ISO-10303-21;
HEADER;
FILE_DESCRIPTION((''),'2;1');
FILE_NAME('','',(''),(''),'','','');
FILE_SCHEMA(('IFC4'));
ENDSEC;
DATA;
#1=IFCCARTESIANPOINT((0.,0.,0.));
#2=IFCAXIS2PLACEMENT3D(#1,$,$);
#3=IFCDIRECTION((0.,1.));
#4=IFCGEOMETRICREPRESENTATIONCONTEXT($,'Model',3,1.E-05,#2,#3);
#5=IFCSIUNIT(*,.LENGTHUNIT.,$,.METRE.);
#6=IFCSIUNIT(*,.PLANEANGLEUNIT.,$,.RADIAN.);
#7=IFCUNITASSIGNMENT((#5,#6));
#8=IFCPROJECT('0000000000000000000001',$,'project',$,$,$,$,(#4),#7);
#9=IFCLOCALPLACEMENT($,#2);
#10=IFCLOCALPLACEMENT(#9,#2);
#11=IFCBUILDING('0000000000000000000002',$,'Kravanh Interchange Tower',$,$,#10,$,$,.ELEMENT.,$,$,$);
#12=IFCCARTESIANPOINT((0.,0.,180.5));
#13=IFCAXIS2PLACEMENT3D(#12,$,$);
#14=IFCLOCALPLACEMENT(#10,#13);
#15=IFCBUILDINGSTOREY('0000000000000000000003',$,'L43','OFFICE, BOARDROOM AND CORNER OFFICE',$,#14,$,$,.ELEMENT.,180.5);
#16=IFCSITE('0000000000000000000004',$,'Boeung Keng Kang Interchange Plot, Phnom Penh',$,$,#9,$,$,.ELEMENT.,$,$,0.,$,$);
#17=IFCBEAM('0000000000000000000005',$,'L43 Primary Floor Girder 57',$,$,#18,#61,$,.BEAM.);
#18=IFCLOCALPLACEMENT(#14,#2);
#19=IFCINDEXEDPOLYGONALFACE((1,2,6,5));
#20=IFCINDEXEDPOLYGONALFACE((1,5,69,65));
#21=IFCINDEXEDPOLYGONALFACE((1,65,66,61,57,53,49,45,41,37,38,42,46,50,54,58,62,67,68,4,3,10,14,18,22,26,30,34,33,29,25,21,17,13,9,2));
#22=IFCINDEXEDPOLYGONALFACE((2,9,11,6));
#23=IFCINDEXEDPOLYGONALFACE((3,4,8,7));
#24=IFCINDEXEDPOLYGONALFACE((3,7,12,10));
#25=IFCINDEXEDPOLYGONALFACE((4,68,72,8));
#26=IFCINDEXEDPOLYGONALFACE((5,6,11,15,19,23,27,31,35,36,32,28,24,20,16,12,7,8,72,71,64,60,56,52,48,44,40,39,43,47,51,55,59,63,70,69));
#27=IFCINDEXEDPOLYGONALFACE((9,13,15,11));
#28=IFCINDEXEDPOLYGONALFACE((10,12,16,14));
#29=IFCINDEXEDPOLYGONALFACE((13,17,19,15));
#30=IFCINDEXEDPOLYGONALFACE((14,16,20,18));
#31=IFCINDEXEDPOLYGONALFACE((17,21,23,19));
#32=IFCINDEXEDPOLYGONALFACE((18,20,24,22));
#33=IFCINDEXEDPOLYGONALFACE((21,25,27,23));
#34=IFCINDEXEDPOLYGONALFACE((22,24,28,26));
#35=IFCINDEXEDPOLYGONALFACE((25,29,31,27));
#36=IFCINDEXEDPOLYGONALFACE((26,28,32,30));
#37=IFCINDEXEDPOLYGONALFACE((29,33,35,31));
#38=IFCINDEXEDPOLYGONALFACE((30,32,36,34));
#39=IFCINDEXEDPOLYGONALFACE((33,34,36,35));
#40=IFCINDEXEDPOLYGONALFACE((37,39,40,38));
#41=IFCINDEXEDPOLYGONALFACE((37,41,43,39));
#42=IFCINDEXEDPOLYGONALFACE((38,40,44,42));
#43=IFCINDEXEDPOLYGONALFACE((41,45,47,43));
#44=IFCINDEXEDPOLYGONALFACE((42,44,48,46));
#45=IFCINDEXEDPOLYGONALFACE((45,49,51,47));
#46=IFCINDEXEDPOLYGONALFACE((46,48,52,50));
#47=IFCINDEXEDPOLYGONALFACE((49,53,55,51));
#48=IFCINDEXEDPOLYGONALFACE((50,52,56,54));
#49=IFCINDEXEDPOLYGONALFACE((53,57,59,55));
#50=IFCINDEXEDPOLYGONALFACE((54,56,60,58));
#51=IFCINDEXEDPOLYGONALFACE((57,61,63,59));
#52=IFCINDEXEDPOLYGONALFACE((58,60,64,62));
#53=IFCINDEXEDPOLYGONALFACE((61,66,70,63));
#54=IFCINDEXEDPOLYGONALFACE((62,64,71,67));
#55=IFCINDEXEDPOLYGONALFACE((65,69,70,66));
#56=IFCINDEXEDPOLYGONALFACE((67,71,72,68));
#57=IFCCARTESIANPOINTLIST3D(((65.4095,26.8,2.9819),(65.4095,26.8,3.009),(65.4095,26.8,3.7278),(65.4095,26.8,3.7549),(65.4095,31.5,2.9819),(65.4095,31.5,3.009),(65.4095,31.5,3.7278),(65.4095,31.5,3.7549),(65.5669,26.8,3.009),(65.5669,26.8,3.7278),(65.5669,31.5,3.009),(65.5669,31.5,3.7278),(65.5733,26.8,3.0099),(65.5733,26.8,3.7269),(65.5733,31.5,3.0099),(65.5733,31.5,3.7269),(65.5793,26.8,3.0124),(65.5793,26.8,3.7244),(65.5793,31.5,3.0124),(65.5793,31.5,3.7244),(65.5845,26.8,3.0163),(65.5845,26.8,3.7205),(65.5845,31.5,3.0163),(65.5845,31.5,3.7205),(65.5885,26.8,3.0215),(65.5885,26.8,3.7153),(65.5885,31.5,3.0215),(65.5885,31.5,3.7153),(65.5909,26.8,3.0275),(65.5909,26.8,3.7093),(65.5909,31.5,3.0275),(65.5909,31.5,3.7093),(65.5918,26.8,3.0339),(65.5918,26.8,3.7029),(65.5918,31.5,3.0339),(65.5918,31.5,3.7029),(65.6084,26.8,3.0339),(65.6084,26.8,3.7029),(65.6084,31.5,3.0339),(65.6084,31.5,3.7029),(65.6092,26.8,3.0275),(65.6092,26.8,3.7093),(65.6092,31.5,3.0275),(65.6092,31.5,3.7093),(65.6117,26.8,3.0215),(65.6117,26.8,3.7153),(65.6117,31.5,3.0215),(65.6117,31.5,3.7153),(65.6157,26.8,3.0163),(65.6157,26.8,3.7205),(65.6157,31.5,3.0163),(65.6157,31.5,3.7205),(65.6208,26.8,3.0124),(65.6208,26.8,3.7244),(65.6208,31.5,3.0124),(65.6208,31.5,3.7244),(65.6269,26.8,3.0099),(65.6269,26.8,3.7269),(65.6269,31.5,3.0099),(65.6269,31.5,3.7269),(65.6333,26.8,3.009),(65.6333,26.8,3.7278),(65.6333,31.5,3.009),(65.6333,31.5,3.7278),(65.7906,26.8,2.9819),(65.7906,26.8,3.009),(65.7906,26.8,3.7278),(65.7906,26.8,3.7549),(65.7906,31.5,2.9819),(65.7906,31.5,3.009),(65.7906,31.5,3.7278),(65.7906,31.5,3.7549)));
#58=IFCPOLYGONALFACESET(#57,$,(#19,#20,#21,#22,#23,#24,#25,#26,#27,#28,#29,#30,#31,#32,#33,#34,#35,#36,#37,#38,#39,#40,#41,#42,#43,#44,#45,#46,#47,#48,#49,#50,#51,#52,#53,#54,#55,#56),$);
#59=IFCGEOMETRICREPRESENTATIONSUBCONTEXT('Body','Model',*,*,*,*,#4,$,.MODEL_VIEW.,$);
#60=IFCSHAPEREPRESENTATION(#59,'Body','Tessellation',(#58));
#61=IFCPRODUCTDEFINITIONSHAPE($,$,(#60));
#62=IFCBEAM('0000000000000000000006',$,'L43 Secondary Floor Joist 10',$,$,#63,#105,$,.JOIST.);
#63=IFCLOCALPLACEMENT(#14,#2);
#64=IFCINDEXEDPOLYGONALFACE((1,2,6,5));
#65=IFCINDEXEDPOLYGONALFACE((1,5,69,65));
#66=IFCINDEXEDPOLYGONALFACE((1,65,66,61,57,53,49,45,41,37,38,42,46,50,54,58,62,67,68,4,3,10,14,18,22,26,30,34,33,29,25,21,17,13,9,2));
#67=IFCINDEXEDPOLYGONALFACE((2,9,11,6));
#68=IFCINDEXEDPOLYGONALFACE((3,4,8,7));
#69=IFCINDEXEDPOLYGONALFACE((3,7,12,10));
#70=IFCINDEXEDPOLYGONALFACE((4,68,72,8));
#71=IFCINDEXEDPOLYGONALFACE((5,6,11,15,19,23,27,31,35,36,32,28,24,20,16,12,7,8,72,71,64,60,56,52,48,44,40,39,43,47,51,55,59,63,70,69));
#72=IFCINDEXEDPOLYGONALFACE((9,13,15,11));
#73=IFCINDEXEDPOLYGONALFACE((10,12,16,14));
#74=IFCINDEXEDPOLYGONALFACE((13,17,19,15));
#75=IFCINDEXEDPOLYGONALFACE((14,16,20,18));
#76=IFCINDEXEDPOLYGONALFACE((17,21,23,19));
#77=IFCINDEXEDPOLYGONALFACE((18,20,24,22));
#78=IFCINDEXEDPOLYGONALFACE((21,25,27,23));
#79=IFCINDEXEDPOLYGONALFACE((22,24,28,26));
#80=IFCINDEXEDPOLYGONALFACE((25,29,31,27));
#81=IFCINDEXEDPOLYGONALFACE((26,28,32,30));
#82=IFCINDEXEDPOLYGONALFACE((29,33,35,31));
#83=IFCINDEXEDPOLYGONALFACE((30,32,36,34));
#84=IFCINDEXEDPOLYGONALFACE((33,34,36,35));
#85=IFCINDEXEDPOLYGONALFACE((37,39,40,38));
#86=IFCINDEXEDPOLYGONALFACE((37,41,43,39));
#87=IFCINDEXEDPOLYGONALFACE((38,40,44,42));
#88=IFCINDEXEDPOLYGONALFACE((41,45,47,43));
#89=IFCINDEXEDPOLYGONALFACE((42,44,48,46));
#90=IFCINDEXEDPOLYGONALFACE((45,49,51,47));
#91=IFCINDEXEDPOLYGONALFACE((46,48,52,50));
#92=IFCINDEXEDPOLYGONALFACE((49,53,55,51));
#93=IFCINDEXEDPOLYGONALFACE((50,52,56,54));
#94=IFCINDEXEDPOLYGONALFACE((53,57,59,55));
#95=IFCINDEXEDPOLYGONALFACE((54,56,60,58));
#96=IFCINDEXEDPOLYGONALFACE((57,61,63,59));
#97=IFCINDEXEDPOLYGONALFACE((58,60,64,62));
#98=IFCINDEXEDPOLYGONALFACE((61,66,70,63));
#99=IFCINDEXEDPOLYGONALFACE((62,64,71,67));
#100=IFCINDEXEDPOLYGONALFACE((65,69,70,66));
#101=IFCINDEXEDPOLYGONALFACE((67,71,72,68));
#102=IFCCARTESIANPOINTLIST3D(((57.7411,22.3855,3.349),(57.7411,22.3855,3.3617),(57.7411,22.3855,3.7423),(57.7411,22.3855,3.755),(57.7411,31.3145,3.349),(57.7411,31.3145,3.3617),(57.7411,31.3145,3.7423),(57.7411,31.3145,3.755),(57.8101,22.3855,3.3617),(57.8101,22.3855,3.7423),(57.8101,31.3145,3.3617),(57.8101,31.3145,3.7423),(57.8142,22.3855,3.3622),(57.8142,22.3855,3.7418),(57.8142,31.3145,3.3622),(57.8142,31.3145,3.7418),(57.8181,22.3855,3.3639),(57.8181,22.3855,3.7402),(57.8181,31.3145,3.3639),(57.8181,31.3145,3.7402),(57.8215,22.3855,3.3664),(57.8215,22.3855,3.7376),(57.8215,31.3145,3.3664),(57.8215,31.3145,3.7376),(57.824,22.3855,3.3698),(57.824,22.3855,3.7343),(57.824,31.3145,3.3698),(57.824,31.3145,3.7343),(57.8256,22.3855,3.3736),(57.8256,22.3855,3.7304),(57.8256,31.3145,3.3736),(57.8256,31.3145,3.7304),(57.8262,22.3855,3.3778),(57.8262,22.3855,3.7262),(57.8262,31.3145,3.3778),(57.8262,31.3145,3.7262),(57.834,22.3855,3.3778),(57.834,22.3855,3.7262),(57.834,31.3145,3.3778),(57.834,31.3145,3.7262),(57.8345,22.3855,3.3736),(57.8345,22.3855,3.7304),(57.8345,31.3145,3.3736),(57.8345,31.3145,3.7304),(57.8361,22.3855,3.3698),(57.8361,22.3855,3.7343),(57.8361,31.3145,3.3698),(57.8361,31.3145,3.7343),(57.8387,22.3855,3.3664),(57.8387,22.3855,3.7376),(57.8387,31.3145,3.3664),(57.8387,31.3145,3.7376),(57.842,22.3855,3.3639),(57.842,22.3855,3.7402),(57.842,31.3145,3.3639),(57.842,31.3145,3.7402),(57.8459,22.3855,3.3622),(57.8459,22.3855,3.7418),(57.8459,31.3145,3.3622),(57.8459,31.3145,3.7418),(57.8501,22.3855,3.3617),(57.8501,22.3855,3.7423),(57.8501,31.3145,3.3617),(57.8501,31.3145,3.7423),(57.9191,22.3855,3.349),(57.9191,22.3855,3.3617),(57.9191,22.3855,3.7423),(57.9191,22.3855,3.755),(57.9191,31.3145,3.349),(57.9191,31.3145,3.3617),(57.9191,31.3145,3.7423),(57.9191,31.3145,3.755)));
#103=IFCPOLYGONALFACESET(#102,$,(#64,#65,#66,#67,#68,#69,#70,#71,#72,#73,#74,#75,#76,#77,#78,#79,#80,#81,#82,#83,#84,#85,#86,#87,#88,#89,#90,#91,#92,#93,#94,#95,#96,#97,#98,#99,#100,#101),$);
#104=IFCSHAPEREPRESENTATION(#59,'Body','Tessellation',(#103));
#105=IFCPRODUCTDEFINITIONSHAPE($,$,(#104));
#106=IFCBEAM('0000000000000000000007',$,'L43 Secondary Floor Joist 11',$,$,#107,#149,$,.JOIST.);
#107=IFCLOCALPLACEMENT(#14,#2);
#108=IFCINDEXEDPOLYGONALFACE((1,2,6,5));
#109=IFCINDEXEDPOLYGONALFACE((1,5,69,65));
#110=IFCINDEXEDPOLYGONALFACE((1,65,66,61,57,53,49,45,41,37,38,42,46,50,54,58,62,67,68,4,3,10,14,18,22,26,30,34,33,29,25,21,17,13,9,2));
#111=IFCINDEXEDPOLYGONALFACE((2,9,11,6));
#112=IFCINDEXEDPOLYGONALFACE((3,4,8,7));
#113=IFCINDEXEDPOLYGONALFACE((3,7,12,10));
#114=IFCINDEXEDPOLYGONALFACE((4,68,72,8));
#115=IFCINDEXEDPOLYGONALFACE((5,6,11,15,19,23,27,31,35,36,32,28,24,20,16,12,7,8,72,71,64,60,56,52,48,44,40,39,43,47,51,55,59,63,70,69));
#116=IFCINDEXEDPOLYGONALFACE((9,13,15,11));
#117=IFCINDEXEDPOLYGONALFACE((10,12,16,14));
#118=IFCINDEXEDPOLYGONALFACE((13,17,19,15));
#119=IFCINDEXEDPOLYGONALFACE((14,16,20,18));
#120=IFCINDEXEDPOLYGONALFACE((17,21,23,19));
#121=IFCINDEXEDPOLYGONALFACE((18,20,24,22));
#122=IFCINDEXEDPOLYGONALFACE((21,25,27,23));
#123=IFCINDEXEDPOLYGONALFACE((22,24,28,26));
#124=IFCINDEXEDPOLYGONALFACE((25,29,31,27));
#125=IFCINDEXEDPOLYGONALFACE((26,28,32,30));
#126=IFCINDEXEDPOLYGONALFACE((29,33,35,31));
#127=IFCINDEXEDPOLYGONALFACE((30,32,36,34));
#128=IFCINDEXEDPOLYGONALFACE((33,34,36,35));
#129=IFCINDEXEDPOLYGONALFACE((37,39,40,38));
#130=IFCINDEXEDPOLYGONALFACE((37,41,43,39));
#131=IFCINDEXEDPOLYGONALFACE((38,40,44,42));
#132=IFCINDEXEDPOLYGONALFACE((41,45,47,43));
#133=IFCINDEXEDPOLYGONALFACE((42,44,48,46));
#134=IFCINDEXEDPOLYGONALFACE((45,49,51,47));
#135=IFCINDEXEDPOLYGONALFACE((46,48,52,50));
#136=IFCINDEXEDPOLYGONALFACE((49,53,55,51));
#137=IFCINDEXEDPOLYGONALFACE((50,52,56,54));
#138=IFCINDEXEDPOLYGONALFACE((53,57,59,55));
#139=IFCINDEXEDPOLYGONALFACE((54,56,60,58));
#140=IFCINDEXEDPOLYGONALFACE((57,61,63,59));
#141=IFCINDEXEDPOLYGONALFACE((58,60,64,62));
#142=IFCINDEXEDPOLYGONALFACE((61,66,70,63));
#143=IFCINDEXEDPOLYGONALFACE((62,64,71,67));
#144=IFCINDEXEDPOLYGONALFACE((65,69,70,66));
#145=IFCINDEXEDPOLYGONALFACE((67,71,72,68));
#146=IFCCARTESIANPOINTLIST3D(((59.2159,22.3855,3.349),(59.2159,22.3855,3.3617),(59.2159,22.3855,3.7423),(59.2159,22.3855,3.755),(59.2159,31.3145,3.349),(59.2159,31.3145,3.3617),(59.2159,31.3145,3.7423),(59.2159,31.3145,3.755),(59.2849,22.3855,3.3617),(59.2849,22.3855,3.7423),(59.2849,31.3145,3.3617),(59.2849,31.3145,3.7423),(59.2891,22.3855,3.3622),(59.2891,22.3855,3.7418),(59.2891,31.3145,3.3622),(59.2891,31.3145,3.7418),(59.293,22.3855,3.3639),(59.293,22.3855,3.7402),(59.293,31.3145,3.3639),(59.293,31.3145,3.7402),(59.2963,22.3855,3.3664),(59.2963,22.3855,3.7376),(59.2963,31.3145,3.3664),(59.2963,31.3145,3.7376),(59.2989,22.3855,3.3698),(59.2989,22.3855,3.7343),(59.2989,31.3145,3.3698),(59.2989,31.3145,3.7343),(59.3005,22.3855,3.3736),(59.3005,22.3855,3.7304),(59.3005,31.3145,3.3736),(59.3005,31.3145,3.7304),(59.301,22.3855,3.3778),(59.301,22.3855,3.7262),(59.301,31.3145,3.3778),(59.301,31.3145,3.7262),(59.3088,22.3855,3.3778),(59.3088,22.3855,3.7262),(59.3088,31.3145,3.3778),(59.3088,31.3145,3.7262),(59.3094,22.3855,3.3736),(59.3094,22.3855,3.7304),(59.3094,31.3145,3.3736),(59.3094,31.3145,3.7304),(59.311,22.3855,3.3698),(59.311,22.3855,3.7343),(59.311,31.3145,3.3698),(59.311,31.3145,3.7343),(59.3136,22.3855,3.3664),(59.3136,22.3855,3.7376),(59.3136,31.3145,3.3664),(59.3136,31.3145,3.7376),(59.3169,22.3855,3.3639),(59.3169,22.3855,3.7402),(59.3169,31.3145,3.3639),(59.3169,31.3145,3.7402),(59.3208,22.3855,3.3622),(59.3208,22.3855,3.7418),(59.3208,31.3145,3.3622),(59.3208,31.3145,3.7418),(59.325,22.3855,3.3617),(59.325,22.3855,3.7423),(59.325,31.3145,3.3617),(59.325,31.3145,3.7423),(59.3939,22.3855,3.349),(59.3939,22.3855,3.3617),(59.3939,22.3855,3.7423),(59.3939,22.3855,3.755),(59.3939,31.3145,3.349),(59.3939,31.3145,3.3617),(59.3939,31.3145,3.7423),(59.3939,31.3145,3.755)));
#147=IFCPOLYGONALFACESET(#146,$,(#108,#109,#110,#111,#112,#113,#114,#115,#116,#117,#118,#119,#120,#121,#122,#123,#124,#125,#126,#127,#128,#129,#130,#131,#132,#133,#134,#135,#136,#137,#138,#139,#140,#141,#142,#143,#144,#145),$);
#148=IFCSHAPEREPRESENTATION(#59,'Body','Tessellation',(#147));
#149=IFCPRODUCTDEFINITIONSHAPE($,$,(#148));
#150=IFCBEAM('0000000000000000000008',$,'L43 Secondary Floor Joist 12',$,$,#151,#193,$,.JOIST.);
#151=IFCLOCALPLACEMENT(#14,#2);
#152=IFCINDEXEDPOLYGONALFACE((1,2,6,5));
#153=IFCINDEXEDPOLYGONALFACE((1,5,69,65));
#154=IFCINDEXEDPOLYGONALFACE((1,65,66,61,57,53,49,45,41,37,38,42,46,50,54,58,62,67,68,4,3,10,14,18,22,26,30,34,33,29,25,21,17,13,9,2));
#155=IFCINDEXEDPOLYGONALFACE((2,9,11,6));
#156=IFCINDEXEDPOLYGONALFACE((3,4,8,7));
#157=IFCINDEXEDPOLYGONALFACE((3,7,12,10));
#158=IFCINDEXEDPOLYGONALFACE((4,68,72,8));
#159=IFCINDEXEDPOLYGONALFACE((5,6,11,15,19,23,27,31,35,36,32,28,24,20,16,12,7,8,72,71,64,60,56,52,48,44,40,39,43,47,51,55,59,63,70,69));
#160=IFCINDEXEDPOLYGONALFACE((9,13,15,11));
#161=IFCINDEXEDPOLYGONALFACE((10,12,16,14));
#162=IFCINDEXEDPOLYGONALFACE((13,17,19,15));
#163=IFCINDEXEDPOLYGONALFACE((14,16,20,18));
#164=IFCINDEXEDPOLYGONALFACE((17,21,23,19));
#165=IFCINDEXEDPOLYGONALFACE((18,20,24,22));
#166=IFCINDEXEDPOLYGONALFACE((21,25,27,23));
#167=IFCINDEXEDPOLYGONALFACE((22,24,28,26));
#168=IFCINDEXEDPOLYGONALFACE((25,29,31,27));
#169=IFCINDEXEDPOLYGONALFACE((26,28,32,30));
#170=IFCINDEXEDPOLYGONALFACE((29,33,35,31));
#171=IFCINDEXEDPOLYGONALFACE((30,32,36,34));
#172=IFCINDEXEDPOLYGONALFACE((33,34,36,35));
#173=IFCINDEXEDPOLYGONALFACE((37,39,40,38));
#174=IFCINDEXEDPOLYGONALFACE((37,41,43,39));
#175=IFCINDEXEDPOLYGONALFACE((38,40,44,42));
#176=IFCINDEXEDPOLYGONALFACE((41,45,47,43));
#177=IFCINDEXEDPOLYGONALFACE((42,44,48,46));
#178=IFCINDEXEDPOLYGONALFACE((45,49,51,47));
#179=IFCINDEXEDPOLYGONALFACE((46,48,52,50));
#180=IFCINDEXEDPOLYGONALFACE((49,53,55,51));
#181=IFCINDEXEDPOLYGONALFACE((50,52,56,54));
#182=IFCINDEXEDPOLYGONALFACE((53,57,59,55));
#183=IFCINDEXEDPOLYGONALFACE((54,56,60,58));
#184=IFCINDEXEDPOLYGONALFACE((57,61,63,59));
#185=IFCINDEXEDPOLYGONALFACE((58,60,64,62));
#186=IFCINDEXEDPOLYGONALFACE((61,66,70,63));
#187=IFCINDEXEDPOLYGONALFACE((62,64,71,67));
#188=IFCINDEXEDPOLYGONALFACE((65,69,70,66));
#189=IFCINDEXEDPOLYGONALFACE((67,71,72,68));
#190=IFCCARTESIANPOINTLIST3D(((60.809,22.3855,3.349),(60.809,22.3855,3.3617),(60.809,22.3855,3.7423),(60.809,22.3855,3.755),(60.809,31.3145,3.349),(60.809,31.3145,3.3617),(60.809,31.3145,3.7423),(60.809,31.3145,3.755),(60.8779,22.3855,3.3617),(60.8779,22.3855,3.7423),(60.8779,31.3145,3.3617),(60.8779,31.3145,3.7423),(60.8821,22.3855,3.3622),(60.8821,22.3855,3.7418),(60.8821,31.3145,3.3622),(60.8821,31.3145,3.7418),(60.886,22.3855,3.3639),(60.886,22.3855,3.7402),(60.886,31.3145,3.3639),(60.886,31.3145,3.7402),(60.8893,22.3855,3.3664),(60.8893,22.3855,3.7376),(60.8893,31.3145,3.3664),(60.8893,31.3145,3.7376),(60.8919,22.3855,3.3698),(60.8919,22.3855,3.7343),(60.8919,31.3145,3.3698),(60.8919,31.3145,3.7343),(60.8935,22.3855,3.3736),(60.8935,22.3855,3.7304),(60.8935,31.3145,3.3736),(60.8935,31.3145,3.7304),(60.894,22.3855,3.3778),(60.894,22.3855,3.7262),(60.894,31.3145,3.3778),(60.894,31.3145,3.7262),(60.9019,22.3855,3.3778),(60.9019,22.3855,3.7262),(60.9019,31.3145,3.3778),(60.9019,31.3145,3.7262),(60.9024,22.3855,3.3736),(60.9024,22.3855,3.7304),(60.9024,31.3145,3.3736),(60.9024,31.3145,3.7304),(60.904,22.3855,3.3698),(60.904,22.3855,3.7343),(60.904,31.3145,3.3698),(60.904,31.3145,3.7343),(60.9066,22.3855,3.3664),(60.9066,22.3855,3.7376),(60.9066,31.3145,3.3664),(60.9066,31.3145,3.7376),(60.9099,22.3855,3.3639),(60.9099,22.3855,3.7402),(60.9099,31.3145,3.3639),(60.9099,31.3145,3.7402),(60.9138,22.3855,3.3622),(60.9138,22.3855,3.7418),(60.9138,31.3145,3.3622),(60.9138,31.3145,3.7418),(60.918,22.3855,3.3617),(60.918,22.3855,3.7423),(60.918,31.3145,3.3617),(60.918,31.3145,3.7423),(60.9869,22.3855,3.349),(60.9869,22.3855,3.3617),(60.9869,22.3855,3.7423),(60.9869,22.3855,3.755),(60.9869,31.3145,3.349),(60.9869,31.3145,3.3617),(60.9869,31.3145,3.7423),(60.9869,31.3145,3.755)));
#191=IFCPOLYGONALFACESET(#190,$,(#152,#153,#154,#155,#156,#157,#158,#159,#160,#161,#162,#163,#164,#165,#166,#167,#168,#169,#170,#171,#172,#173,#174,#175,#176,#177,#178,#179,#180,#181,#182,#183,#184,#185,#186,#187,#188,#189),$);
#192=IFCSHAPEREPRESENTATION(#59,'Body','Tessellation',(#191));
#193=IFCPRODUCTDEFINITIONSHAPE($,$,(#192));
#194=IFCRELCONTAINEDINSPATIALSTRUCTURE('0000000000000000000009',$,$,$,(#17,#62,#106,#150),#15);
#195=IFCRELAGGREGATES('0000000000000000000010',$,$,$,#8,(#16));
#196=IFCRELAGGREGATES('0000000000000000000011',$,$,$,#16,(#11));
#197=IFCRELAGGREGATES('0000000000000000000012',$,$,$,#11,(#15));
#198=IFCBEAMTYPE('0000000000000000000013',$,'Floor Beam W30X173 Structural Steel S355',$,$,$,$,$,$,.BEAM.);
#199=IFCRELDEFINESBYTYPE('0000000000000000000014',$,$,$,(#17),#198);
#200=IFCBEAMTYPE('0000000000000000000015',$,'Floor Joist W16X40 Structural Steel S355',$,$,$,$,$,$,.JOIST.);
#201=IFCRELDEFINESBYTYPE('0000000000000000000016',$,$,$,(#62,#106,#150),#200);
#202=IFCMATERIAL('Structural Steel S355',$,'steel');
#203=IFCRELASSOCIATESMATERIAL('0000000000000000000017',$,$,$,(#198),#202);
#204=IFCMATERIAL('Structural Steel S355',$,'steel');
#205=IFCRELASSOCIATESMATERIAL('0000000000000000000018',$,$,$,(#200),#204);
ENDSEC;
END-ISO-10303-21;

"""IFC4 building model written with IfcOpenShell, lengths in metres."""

from ifc_helpers import new_model, si_unit, direction, frame, origin, origin_2d, place, context, subcontext, project, spatial, i_section, extrude, material, material_profile, profile_set, type_object, element, save


model = new_model("IFC4")

# Units and contexts
model_context = context("Model", 3, precision=1e-05, world=origin(), true_north=direction((0.0, 1.0)))
body_context = subcontext(model_context, "Body", "Model", "MODEL_VIEW")
ifc_project = project(units=[si_unit("LENGTHUNIT", "METRE"), si_unit("PLANEANGLEUNIT", "RADIAN")], contexts=[model_context])

# Site, building, storey
site_placement = place(None, origin())
site = spatial("IfcSite", under=ifc_project, at=site_placement, Name="Boeung Keng Kang Interchange Plot, Phnom Penh", CompositionType="ELEMENT", RefElevation=0.0)
building_placement = place(site_placement, origin())
building = spatial("IfcBuilding", under=site, at=building_placement, Name="Kravanh Interchange Tower", CompositionType="ELEMENT")
storey_placement = place(building_placement, frame((0.0, 0.0, 180.5)))
storey = spatial("IfcBuildingStorey", under=building, at=storey_placement, Name="L43", Description="OFFICE, BOARDROOM AND CORNER OFFICE", CompositionType="ELEMENT", Elevation=180.5)

# Beams
ifc_material_1 = material(Name="Structural Steel S355", Category="steel")
ifc_material_profile_1 = material_profile(ifc_material_1, i_section(OverallWidth=0.3811, OverallDepth=0.7729, WebThickness=0.0166, FlangeThickness=0.0271, FilletRadius=0.0249, at=origin_2d()), Name="W30X173")
ifc_profile_set_1 = profile_set([ifc_material_profile_1], Name="Structural Steel S355")
beam_type_1 = type_object("IfcBeamType", Name="Floor Beam W30X173 Structural Steel S355", PredefinedType="BEAM", material=ifc_profile_set_1)
for number, where, z_axis, x_axis, name in (
    (1, (65.6001, 26.8, 3.3684), (0.0, 1.0, 0.0), (-1.0, 0.0, 0.0), "L43 Primary Floor Girder 57"),
):
    element("IfcBeam", number, at=place(storey_placement, frame(where, z_axis=z_axis, x_axis=x_axis)), inside=storey, type_object=beam_type_1, Name=name, PredefinedType="BEAM", context=body_context, shape_type="SweptSolid", body=[
        extrude(i_section(OverallWidth=0.3811, OverallDepth=0.7729, WebThickness=0.0166, FlangeThickness=0.0271, FilletRadius=0.0249, at=origin_2d()), origin(), (0.0, 0.0, 1.0), 4.7),
    ])
ifc_material_2 = material(Name="Structural Steel S355", Category="steel")
ifc_material_profile_2 = material_profile(ifc_material_2, i_section(OverallWidth=0.178, OverallDepth=0.406, WebThickness=0.0078, FlangeThickness=0.0127, FilletRadius=0.0161, at=origin_2d()), Name="W16X40")
ifc_profile_set_2 = profile_set([ifc_material_profile_2], Name="Structural Steel S355")
beam_type_2 = type_object("IfcBeamType", Name="Floor Joist W16X40 Structural Steel S355", PredefinedType="JOIST", material=ifc_profile_set_2)
for number, where, z_axis, x_axis, name in (
    (2, (57.8301, 22.3855, 3.552), (0.0, 1.0, 0.0), (-1.0, 0.0, 0.0), "L43 Secondary Floor Joist 10"),
    (3, (59.3049, 22.3855, 3.552), (0.0, 1.0, 0.0), (-1.0, 0.0, 0.0), "L43 Secondary Floor Joist 11"),
    (4, (60.8979, 22.3855, 3.552), (0.0, 1.0, 0.0), (-1.0, 0.0, 0.0), "L43 Secondary Floor Joist 12"),
):
    element("IfcBeam", number, at=place(storey_placement, frame(where, z_axis=z_axis, x_axis=x_axis)), inside=storey, type_object=beam_type_2, Name=name, PredefinedType="JOIST", context=body_context, shape_type="SweptSolid", body=[
        extrude(i_section(OverallWidth=0.178, OverallDepth=0.406, WebThickness=0.0078, FlangeThickness=0.0127, FilletRadius=0.0161, at=origin_2d()), origin(), (0.0, 0.0, 1.0), 8.929),
    ])

save(model, "model.ifc")
